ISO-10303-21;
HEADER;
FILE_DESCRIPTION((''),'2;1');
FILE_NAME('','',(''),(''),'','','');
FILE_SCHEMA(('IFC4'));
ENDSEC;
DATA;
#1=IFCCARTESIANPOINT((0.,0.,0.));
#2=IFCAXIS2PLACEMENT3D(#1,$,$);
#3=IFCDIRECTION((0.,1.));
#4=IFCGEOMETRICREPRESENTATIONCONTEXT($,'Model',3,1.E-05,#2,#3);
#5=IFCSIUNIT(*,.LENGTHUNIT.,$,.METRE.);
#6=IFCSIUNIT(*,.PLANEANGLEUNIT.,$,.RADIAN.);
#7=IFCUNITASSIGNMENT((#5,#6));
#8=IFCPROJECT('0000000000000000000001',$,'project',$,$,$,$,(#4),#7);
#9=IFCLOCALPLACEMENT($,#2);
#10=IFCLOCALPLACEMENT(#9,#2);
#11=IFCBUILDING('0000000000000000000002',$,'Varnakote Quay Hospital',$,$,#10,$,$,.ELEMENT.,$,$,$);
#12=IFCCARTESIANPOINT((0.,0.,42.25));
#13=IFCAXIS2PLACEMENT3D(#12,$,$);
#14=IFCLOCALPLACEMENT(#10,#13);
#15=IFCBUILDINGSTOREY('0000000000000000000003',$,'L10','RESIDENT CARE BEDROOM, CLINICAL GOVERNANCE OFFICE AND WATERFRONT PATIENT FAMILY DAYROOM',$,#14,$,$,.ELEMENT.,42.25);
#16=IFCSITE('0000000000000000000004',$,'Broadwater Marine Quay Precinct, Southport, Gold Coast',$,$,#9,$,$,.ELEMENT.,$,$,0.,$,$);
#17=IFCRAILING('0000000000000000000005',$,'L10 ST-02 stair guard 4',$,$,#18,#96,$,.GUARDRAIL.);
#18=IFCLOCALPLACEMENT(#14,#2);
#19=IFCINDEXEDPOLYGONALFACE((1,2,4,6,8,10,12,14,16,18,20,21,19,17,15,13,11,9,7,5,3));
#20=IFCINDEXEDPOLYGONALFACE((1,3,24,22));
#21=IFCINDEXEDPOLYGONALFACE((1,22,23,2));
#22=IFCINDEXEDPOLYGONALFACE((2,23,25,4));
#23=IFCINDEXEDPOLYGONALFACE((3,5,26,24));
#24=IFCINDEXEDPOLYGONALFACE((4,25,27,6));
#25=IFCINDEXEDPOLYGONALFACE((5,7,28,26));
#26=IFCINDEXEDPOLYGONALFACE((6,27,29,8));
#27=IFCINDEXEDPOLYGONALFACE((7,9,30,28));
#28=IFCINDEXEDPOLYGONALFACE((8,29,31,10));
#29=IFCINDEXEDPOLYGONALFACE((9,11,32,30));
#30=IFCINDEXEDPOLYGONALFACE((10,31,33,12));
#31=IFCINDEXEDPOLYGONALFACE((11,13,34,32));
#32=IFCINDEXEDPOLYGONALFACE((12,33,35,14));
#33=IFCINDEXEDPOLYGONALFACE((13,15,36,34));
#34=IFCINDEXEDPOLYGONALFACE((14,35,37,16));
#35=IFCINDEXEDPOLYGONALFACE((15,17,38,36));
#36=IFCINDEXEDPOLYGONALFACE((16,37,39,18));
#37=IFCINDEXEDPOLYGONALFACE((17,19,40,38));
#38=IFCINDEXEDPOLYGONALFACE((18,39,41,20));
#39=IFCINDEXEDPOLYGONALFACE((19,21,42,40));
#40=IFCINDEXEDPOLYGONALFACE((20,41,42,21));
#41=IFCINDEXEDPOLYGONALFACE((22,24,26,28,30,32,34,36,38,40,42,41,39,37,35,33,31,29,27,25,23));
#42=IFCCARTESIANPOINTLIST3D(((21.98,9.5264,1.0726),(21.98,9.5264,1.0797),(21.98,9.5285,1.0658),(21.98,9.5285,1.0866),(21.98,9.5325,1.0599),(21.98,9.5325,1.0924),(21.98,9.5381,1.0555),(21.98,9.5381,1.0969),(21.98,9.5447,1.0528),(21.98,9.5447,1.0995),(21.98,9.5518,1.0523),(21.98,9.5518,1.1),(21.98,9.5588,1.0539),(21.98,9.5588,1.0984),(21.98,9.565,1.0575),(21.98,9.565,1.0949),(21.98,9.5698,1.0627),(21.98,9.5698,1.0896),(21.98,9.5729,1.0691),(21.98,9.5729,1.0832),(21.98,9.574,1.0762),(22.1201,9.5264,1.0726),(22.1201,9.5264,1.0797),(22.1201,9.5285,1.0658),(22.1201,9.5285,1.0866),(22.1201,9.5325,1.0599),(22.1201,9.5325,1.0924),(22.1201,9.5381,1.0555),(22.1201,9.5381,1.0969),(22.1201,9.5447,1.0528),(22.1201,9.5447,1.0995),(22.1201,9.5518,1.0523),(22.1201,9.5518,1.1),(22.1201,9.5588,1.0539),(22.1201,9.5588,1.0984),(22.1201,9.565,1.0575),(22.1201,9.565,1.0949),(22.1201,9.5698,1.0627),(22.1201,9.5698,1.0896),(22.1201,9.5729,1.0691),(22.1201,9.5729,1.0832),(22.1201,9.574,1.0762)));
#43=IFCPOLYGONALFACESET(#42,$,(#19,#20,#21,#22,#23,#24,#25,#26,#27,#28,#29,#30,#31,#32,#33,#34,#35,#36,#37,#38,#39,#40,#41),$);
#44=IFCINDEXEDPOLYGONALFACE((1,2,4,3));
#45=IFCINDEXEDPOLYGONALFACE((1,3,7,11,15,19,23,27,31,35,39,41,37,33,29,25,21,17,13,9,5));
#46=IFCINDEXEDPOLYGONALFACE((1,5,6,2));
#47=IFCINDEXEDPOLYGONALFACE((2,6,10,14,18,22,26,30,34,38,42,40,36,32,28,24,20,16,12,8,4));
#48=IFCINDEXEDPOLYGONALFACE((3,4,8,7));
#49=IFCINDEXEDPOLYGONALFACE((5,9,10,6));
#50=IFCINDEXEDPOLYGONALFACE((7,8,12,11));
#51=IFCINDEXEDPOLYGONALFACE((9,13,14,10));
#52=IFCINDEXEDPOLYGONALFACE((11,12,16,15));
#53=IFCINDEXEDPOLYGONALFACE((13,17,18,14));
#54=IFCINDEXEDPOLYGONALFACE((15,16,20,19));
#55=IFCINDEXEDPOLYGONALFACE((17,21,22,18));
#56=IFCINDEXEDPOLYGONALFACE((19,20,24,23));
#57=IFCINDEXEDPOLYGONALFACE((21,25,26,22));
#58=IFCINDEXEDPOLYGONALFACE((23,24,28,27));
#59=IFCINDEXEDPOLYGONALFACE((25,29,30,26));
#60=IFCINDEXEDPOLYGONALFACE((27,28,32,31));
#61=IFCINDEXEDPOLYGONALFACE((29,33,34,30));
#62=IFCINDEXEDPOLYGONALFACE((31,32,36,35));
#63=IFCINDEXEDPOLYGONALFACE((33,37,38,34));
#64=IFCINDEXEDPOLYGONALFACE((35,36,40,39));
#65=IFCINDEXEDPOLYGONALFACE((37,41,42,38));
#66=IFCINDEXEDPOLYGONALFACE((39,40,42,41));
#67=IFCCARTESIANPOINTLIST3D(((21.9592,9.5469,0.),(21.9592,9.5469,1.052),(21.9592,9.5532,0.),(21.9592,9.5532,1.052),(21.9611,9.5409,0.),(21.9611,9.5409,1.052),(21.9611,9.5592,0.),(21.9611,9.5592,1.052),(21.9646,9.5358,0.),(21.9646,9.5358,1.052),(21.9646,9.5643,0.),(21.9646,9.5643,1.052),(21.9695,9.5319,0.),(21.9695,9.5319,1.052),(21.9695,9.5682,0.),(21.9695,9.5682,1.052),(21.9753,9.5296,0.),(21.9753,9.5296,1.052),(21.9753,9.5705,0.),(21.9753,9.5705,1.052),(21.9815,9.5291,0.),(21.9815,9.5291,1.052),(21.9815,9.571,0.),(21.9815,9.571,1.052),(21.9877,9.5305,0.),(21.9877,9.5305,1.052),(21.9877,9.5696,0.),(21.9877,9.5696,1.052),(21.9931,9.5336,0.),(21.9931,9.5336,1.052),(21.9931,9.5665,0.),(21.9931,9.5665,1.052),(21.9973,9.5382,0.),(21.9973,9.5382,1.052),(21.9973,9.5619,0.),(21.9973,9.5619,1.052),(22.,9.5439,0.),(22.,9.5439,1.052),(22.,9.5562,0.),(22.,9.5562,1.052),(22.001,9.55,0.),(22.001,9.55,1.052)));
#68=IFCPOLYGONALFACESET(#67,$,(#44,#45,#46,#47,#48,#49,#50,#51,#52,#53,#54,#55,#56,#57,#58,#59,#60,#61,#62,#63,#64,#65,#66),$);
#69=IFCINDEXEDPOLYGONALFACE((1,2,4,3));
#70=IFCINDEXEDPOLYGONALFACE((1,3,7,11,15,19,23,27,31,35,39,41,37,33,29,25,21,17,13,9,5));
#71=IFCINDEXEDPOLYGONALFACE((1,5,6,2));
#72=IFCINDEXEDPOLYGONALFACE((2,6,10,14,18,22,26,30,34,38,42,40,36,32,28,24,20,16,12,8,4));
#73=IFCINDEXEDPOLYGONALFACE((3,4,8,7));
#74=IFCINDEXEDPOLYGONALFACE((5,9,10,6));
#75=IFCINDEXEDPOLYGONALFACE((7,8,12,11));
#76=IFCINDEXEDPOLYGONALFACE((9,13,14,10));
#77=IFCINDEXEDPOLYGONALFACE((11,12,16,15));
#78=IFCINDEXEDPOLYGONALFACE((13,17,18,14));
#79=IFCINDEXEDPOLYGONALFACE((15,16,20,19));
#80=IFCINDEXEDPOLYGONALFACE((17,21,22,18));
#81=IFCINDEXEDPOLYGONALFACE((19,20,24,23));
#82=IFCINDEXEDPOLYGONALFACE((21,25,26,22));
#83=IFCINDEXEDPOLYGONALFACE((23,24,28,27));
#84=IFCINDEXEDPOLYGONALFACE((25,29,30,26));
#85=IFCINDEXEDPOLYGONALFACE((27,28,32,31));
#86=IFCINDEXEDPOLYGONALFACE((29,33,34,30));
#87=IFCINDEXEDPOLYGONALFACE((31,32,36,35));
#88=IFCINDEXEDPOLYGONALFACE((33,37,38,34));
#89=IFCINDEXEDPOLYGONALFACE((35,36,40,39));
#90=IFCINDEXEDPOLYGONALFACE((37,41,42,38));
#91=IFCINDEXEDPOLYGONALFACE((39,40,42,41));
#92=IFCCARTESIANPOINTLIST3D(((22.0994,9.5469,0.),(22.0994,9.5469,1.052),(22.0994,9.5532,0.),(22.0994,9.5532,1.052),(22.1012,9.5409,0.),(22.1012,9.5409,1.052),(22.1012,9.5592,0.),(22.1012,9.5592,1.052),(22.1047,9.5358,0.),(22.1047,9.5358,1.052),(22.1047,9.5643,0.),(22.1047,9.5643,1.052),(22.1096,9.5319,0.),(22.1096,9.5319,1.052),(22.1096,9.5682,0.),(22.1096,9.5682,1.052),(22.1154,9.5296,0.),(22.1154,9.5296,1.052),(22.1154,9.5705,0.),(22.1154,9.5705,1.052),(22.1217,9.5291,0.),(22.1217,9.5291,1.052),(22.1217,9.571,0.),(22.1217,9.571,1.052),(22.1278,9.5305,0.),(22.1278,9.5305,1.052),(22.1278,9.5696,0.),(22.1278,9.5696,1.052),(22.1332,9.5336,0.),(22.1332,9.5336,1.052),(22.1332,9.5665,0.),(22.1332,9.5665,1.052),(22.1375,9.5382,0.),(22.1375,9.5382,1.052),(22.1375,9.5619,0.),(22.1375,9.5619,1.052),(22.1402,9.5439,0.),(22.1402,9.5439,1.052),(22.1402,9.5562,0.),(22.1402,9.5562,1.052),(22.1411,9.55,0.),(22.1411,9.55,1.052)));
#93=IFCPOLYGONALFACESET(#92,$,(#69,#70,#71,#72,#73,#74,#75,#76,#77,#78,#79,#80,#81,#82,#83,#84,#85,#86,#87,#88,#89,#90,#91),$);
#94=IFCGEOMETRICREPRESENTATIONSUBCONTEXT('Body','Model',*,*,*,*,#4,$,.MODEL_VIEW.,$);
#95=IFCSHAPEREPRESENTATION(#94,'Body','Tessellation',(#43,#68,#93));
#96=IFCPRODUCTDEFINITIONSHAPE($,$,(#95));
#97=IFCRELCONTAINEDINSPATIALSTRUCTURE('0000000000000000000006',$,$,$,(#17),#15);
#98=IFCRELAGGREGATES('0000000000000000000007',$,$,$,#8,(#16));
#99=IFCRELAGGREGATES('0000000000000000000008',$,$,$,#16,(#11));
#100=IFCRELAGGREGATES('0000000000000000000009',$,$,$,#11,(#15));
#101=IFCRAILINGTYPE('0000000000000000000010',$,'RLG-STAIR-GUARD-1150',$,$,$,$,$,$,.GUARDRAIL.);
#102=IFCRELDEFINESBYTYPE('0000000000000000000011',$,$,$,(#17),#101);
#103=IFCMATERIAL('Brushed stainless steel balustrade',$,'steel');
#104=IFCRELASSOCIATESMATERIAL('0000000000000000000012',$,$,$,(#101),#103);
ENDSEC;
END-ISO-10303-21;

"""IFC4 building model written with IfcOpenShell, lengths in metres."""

from ifc_helpers import new_model, si_unit, direction, frame, origin, origin_2d, place, context, subcontext, project, spatial, circle, extrude, material, type_object, element, save


model = new_model("IFC4")

# Units and contexts
model_context = context("Model", 3, precision=1e-05, world=origin(), true_north=direction((0.0, 1.0)))
body_context = subcontext(model_context, "Body", "Model", "MODEL_VIEW")
ifc_project = project(units=[si_unit("LENGTHUNIT", "METRE"), si_unit("PLANEANGLEUNIT", "RADIAN")], contexts=[model_context])

# Site, building, storey
site_placement = place(None, origin())
site = spatial("IfcSite", under=ifc_project, at=site_placement, Name="Broadwater Marine Quay Precinct, Southport, Gold Coast", CompositionType="ELEMENT", RefElevation=0.0)
building_placement = place(site_placement, origin())
building = spatial("IfcBuilding", under=site, at=building_placement, Name="Varnakote Quay Hospital", CompositionType="ELEMENT")
storey_placement = place(building_placement, frame((0.0, 0.0, 42.25)))
storey = spatial("IfcBuildingStorey", under=building, at=storey_placement, Name="L10", Description="RESIDENT CARE BEDROOM, CLINICAL GOVERNANCE OFFICE AND WATERFRONT PATIENT FAMILY DAYROOM", CompositionType="ELEMENT", Elevation=42.25)

# Railing
ifc_material_1 = material(Name="Brushed stainless steel balustrade", Category="steel")
railing_type_1 = type_object("IfcRailingType", Name="RLG-STAIR-GUARD-1150", PredefinedType="GUARDRAIL", material=ifc_material_1)
railing_1_placement = place(storey_placement, frame((21.98, 9.55, 0.0)))
element("IfcRailing", 1, at=railing_1_placement, inside=storey, type_object=railing_type_1, Name="L10 ST-02 stair guard 4", PredefinedType="GUARDRAIL", context=body_context, shape_type="SweptSolid", body=[
    extrude(circle(Radius=0.0239, at=origin_2d()), frame((0.0, 0.0, 1.0762), z_axis=(1.0, 0.0, 0.0), x_axis=(0.0, 1.0, 0.0)), (0.0, 0.0, 1.0), 0.1401),
    extrude(circle(Radius=0.021, at=origin_2d()), origin(), (0.0, 0.0, 1.0), 1.052),
    extrude(circle(Radius=0.021, at=origin_2d()), frame((0.1401, 0.0, 0.0)), (0.0, 0.0, 1.0), 1.052),
])

save(model, "model.ifc")
